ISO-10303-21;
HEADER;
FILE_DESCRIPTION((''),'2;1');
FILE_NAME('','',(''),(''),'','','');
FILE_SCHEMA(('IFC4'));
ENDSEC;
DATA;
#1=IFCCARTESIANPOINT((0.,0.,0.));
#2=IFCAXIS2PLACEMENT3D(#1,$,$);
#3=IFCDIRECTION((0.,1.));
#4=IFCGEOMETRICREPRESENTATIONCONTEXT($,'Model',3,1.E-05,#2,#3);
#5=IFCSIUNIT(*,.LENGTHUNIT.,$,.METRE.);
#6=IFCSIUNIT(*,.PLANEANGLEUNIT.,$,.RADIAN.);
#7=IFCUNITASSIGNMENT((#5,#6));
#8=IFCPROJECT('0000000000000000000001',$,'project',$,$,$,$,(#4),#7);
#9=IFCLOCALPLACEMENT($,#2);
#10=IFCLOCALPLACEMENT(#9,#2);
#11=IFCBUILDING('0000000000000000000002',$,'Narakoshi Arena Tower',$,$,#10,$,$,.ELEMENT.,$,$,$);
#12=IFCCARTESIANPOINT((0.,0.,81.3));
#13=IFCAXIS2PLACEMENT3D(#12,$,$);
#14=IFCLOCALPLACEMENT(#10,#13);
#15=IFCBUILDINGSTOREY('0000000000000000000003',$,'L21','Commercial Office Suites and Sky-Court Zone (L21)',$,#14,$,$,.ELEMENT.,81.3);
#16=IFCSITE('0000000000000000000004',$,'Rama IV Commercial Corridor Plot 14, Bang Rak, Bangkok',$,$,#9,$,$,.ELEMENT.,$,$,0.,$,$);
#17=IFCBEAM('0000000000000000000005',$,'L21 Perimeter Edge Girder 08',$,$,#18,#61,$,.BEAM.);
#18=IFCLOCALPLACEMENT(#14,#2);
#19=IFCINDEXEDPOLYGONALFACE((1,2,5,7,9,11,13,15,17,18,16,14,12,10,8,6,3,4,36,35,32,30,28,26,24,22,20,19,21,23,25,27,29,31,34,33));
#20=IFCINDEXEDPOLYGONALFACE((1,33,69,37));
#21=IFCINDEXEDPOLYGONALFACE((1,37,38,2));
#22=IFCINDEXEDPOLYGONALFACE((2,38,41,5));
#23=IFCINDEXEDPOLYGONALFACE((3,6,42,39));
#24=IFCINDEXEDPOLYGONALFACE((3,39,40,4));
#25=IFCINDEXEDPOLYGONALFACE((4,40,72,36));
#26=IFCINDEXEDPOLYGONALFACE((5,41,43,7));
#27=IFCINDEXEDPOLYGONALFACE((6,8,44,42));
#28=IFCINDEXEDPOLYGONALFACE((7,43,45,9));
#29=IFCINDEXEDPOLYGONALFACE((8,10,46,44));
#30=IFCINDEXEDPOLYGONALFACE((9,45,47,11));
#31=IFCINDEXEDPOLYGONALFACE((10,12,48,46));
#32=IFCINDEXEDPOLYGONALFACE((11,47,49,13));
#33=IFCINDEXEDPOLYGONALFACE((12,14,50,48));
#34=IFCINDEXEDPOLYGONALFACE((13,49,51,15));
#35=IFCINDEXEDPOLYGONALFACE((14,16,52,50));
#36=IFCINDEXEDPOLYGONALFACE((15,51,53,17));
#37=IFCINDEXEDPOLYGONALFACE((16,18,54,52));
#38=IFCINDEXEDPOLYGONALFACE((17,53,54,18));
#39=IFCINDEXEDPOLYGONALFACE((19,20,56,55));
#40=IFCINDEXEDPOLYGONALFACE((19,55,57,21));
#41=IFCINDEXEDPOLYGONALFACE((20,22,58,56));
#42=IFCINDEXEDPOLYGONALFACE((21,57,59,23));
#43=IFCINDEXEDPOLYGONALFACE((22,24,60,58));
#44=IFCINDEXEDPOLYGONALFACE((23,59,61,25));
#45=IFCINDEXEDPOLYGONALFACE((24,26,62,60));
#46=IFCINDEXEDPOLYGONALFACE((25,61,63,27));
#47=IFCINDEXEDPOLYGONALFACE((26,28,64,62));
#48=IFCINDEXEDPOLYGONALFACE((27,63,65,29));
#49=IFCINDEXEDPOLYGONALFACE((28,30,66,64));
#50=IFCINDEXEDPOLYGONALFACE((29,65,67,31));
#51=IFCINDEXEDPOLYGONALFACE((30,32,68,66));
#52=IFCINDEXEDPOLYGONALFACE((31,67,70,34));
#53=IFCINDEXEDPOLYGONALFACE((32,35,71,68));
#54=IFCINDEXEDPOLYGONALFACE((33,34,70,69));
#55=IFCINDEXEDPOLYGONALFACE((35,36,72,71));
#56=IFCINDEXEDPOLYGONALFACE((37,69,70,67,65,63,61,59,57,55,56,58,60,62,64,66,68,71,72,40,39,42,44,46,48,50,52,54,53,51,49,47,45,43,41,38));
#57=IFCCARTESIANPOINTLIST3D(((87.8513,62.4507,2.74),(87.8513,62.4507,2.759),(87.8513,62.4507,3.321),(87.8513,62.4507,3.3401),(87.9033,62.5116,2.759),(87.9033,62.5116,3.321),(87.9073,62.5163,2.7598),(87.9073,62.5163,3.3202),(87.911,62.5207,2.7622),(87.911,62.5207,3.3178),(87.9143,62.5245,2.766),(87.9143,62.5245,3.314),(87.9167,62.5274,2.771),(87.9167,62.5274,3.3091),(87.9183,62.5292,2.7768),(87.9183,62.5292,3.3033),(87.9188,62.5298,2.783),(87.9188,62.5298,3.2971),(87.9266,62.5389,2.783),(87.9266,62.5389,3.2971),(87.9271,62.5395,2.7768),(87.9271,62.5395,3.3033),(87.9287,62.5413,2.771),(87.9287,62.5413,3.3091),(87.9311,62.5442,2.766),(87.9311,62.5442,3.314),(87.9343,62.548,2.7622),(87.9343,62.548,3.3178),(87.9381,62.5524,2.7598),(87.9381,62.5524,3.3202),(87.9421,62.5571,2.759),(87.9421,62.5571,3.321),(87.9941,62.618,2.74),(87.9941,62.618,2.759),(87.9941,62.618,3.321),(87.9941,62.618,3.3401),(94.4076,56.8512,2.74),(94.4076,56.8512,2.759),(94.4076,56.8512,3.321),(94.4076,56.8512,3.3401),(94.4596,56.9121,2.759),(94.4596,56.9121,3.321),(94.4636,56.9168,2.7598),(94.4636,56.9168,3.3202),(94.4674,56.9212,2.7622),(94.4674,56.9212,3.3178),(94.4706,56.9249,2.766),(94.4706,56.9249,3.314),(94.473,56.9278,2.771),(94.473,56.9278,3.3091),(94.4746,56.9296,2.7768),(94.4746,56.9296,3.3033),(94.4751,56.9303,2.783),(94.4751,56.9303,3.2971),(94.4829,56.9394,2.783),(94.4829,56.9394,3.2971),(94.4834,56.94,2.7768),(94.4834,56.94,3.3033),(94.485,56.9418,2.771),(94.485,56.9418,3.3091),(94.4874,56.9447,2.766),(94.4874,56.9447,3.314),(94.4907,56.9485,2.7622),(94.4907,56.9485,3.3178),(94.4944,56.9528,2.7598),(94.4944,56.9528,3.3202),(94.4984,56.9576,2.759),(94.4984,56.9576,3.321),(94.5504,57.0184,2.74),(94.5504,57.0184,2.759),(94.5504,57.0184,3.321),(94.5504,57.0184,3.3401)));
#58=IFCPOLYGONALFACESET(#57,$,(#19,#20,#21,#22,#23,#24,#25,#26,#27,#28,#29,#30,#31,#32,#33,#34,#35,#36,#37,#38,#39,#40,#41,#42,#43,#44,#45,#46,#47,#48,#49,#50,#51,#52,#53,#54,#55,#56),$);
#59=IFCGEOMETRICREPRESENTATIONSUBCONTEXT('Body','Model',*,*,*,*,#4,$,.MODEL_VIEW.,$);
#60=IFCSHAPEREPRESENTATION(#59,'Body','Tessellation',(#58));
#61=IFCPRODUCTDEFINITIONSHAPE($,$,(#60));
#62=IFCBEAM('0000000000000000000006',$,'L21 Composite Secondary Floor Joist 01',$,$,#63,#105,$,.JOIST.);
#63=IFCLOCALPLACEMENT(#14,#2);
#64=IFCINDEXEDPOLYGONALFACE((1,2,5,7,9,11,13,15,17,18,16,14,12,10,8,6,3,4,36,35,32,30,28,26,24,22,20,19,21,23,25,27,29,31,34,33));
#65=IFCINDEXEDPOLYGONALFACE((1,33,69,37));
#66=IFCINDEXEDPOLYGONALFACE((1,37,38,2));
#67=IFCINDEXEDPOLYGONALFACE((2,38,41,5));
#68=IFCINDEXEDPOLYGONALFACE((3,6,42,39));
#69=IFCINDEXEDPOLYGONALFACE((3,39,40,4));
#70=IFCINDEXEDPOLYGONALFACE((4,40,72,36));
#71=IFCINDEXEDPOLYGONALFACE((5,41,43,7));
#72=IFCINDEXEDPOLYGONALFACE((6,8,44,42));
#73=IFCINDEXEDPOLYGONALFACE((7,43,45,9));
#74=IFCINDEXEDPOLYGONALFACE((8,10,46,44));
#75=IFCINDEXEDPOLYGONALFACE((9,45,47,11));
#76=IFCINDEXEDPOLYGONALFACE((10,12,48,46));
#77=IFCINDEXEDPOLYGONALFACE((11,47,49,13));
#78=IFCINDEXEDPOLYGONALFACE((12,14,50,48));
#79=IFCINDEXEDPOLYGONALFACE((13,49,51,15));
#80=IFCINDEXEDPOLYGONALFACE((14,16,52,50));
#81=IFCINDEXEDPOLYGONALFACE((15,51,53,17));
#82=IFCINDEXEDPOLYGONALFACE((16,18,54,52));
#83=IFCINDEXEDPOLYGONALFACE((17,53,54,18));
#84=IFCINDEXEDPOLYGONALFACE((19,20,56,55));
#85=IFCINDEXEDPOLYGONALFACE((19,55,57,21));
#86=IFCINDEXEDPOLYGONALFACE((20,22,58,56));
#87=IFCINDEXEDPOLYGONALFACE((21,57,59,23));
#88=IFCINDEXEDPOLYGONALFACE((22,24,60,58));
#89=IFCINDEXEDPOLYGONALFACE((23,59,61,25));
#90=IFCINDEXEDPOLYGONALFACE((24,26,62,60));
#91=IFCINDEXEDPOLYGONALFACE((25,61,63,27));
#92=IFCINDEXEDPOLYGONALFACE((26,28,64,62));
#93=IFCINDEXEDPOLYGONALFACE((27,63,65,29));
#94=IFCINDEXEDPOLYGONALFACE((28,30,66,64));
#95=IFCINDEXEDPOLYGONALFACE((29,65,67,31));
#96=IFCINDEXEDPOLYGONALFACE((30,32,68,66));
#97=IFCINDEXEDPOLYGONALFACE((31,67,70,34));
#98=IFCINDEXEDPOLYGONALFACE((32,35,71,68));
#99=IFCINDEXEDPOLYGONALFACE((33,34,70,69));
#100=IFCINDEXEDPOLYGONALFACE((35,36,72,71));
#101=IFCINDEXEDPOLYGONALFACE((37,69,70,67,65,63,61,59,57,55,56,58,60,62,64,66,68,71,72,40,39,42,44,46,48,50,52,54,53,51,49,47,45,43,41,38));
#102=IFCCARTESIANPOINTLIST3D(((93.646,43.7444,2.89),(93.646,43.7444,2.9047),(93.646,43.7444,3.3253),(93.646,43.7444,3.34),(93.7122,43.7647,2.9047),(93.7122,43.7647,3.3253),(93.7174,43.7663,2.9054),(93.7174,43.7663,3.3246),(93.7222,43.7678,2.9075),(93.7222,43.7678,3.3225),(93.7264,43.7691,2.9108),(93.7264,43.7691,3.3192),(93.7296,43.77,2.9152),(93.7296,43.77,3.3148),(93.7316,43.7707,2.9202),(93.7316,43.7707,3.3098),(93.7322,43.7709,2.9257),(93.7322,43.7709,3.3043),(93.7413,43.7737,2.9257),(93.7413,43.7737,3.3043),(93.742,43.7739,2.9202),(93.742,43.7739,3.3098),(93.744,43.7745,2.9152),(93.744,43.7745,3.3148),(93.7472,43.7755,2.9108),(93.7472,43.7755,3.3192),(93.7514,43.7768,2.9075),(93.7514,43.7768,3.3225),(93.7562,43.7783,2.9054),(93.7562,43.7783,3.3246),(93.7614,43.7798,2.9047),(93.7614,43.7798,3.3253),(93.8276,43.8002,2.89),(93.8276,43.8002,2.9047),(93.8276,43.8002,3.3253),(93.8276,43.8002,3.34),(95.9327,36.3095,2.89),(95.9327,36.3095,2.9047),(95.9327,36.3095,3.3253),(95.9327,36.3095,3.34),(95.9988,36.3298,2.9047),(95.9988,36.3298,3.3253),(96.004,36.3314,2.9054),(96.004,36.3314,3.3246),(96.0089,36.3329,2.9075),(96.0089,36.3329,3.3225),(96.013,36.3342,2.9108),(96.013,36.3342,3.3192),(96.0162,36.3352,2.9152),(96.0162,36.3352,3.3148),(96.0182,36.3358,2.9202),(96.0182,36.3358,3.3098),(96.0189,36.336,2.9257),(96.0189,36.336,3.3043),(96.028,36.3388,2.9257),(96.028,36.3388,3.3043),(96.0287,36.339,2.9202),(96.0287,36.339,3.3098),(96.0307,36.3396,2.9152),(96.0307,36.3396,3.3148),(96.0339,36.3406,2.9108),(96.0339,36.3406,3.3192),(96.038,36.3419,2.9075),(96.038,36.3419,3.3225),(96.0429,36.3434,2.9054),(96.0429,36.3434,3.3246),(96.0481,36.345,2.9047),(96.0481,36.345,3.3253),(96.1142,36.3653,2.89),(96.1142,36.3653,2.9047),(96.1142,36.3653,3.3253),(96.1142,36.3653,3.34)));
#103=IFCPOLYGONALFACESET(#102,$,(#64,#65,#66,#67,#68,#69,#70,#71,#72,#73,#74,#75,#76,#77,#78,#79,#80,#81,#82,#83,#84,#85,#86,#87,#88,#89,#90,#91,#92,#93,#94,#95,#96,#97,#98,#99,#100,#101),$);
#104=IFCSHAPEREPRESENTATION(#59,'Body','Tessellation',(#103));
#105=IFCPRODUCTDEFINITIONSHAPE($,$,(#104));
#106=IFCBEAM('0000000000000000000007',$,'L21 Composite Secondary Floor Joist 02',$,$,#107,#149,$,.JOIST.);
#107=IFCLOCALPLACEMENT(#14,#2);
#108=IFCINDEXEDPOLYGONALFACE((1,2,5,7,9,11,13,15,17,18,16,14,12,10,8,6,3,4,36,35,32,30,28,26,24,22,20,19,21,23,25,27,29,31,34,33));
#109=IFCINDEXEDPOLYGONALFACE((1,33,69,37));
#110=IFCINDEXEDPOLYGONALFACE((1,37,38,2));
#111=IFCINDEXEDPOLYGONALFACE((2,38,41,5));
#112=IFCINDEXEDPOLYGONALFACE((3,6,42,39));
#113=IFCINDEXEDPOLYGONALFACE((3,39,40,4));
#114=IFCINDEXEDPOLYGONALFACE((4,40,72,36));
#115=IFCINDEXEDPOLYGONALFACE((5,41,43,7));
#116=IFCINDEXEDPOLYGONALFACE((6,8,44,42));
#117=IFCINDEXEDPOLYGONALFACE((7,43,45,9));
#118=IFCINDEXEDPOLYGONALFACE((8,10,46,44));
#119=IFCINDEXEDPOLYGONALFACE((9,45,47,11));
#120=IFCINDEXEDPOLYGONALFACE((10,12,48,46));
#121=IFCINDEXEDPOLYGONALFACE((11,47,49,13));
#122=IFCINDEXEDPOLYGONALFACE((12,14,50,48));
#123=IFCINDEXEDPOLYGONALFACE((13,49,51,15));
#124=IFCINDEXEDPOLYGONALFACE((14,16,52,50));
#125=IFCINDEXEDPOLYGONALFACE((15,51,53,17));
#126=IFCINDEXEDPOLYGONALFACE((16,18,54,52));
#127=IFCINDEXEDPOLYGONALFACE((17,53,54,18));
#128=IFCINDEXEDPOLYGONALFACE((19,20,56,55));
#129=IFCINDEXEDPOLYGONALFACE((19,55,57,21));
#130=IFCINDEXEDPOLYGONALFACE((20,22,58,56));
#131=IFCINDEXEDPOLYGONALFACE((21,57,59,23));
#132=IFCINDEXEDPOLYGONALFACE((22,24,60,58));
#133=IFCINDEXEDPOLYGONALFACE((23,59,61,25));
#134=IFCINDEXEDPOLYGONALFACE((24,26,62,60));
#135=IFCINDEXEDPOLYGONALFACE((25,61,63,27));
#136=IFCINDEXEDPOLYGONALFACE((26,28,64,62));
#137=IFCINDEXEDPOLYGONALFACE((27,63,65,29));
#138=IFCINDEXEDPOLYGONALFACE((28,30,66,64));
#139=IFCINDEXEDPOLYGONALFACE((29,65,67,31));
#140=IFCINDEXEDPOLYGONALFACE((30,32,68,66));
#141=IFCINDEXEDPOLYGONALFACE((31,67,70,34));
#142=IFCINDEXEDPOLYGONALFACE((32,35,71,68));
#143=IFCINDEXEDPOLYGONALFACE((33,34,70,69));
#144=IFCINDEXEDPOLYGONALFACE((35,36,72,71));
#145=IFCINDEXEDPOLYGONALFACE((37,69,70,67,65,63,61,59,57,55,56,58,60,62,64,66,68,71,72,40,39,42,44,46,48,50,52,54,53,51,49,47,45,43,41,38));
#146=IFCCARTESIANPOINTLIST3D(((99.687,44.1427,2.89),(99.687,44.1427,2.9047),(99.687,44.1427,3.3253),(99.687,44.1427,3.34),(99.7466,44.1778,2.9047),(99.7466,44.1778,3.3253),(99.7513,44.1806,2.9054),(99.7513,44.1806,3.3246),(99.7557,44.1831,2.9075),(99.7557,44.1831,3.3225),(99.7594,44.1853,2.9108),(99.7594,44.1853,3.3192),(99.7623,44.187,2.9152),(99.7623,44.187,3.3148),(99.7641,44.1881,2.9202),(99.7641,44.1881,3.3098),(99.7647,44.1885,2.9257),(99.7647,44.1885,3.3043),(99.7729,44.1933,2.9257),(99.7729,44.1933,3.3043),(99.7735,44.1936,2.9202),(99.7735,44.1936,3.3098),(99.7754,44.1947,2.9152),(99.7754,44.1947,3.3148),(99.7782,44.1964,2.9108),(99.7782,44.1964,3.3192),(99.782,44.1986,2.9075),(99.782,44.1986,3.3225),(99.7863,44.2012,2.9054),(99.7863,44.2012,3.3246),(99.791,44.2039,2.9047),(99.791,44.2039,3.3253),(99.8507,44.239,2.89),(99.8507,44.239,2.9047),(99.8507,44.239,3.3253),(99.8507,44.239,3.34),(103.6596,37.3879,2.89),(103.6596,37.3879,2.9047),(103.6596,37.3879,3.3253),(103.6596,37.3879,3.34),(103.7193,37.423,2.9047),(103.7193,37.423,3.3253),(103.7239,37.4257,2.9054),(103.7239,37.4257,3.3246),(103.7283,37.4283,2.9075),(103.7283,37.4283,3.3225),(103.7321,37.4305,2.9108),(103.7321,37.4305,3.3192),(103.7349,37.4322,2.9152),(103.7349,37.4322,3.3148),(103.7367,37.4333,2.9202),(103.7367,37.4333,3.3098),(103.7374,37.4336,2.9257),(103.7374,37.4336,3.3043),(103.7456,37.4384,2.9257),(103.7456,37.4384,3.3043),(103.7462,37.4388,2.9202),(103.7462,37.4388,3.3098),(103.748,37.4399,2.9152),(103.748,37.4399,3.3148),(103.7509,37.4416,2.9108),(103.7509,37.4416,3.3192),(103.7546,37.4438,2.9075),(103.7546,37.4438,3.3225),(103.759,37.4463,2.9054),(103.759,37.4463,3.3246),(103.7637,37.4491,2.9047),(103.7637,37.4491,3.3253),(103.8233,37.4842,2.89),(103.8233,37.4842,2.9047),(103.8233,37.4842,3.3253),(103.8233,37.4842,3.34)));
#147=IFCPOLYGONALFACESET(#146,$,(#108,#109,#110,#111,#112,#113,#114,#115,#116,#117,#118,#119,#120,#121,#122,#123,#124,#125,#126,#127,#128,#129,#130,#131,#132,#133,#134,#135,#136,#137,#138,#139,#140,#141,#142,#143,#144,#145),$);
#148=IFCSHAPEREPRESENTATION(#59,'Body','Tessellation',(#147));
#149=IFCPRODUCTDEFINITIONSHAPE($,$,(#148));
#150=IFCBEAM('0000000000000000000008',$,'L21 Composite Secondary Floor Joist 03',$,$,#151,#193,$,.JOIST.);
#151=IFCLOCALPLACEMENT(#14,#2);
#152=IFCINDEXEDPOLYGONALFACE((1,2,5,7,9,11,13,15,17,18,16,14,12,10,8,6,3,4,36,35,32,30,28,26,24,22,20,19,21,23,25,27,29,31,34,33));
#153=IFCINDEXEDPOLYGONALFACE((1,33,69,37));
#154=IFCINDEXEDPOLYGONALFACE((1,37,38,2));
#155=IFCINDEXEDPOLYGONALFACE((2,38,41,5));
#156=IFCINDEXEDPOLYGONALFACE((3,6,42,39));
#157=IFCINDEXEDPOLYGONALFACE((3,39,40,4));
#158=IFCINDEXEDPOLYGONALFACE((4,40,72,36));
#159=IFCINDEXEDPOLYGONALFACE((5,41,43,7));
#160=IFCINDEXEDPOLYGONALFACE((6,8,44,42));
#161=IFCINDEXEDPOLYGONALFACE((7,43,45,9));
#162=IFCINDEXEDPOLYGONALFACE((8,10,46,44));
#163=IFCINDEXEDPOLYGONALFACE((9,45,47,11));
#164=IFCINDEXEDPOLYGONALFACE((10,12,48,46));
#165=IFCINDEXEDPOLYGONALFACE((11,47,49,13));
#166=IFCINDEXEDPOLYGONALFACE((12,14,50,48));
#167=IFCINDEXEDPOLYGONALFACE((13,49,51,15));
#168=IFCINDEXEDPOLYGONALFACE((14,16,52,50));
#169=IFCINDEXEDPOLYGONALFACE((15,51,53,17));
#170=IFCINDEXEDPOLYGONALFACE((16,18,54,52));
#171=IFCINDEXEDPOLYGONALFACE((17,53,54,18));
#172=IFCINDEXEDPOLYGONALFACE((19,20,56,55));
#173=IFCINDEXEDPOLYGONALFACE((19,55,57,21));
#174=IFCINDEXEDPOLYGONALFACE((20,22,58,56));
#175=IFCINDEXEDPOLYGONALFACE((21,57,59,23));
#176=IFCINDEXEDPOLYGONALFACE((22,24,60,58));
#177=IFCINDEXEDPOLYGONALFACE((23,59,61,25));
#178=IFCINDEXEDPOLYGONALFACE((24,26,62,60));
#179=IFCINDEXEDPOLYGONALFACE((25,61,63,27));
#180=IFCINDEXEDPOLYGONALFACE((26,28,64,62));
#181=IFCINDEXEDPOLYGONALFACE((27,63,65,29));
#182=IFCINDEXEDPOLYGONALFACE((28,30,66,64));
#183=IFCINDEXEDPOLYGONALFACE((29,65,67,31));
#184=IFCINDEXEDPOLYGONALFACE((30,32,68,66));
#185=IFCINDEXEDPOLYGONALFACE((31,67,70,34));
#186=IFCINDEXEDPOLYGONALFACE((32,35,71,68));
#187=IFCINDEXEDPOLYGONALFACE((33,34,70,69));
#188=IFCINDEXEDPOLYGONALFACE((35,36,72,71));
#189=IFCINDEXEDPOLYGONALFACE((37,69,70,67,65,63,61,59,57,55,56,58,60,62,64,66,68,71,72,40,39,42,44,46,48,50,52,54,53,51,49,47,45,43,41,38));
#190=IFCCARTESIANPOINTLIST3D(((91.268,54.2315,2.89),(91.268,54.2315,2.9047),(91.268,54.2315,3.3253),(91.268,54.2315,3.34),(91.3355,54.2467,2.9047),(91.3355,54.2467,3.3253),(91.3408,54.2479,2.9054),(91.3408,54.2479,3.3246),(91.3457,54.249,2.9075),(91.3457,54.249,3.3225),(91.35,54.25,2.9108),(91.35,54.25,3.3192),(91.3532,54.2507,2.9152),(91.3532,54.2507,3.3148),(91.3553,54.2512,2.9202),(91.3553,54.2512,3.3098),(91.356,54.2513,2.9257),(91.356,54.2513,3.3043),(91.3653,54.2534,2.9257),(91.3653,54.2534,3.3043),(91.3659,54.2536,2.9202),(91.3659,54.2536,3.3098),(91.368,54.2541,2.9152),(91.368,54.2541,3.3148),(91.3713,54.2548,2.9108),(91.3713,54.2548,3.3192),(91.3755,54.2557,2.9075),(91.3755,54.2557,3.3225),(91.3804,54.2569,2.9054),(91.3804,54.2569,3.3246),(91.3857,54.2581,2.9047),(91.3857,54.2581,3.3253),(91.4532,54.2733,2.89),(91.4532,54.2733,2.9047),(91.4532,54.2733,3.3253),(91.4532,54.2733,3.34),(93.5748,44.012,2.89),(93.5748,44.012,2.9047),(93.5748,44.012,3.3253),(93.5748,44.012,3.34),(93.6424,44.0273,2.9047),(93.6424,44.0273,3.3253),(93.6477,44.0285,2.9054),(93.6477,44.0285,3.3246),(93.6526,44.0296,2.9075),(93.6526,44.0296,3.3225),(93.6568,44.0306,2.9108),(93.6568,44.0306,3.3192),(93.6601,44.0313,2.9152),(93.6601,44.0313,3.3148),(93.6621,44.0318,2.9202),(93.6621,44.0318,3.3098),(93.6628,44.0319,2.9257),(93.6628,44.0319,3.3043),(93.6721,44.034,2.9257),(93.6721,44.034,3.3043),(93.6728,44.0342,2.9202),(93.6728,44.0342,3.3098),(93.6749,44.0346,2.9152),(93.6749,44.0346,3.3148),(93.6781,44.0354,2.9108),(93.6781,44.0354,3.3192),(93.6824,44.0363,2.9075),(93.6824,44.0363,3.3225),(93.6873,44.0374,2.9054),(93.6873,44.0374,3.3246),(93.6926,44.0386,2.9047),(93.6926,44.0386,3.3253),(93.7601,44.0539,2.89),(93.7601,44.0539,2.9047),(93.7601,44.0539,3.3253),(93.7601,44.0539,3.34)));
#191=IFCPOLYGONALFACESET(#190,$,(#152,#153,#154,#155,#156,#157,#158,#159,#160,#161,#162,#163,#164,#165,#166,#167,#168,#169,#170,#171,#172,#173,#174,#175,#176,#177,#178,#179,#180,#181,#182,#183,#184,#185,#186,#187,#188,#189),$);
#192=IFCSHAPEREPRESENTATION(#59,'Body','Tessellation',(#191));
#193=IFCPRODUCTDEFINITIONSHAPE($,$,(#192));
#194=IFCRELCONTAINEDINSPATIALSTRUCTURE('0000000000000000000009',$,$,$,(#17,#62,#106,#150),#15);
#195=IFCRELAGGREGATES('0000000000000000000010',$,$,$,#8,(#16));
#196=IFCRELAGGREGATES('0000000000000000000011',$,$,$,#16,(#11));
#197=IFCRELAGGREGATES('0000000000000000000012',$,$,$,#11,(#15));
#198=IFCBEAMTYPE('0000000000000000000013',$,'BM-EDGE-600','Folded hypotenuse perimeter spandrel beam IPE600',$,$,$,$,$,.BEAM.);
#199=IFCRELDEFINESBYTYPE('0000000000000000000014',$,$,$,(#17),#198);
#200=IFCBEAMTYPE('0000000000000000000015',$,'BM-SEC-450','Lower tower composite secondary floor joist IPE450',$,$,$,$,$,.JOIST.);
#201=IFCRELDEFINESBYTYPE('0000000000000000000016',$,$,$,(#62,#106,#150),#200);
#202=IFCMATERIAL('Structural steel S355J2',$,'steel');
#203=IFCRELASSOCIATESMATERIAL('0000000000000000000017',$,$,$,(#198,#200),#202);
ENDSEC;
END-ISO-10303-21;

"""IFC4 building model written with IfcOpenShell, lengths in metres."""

from ifc_helpers import new_model, si_unit, direction, frame, origin, origin_2d, place, context, subcontext, project, spatial, i_section, extrude, material, material_profile, profile_set, type_object, element, save


model = new_model("IFC4")

# Units and contexts
model_context = context("Model", 3, precision=1e-05, world=origin(), true_north=direction((0.0, 1.0)))
body_context = subcontext(model_context, "Body", "Model", "MODEL_VIEW")
ifc_project = project(units=[si_unit("LENGTHUNIT", "METRE"), si_unit("PLANEANGLEUNIT", "RADIAN")], contexts=[model_context])

# Site, building, storey
site_placement = place(None, origin())
site = spatial("IfcSite", under=ifc_project, at=site_placement, Name="Rama IV Commercial Corridor Plot 14, Bang Rak, Bangkok", CompositionType="ELEMENT", RefElevation=0.0)
building_placement = place(site_placement, origin())
building = spatial("IfcBuilding", under=site, at=building_placement, Name="Narakoshi Arena Tower", CompositionType="ELEMENT")
storey_placement = place(building_placement, frame((0.0, 0.0, 81.3)))
storey = spatial("IfcBuildingStorey", under=building, at=storey_placement, Name="L21", Description="Commercial Office Suites and Sky-Court Zone (L21)", CompositionType="ELEMENT", Elevation=81.3)

# Beams
ifc_material_1 = material(Name="Structural steel S355J2", Category="steel")
ifc_material_profile_1 = material_profile(ifc_material_1, i_section(OverallWidth=0.22, OverallDepth=0.6001, WebThickness=0.012, FlangeThickness=0.019, FilletRadius=0.0239, at=origin_2d()), Name="IPE600")
ifc_profile_set_1 = profile_set([ifc_material_profile_1], Name="Structural steel S355J2")
beam_type_1 = type_object("IfcBeamType", Name="BM-EDGE-600", Description="Folded hypotenuse perimeter spandrel beam IPE600", PredefinedType="BEAM", material=ifc_profile_set_1)
beam_1_placement = place(storey_placement, frame((94.479, 56.9348, 3.04), z_axis=(-0.760411, 0.649443, 0.0), x_axis=(-0.649443, -0.760411, 0.0)))
element("IfcBeam", 1, at=beam_1_placement, inside=storey, type_object=beam_type_1, Name="L21 Perimeter Edge Girder 08", PredefinedType="BEAM", context=body_context, shape_type="SweptSolid", body=[
    extrude(i_section(OverallWidth=0.22, OverallDepth=0.6001, WebThickness=0.012, FlangeThickness=0.019, FilletRadius=0.0239, at=origin_2d()), origin(), (0.0, 0.0, 1.0), 8.6221),
])
ifc_material_profile_2 = material_profile(ifc_material_1, i_section(OverallWidth=0.1899, OverallDepth=0.45, WebThickness=0.0095, FlangeThickness=0.0146, FilletRadius=0.021, at=origin_2d()), Name="IPE450")
ifc_profile_set_2 = profile_set([ifc_material_profile_2], Name="Structural steel S355J2")
beam_type_2 = type_object("IfcBeamType", Name="BM-SEC-450", Description="Lower tower composite secondary floor joist IPE450", PredefinedType="JOIST", material=ifc_profile_set_2)
beam_2_placement = place(storey_placement, frame((96.0234, 36.3374, 3.115), z_axis=(-0.293967, 0.955816, 0.0), x_axis=(-0.955816, -0.293967, 0.0)))
element("IfcBeam", 2, at=beam_2_placement, inside=storey, type_object=beam_type_2, Name="L21 Composite Secondary Floor Joist 01", PredefinedType="JOIST", context=body_context, shape_type="SweptSolid", body=[
    extrude(i_section(OverallWidth=0.1899, OverallDepth=0.45, WebThickness=0.0095, FlangeThickness=0.0146, FilletRadius=0.021, at=origin_2d()), origin(), (0.0, 0.0, 1.0), 7.7786),
])
beam_3_placement = place(storey_placement, frame((103.7415, 37.436, 3.115), z_axis=(-0.506944, 0.861979, 0.0), x_axis=(-0.861979, -0.506944, 0.0)))
element("IfcBeam", 3, at=beam_3_placement, inside=storey, type_object=beam_type_2, Name="L21 Composite Secondary Floor Joist 02", PredefinedType="JOIST", context=body_context, shape_type="SweptSolid", body=[
    extrude(i_section(OverallWidth=0.1899, OverallDepth=0.45, WebThickness=0.0095, FlangeThickness=0.0146, FilletRadius=0.021, at=origin_2d()), origin(), (0.0, 0.0, 1.0), 7.8364),
])
beam_4_placement = place(storey_placement, frame((93.6675, 44.033, 3.115), z_axis=(-0.220194, 0.975456, 0.0), x_axis=(-0.975456, -0.220194, 0.0)))
element("IfcBeam", 4, at=beam_4_placement, inside=storey, type_object=beam_type_2, Name="L21 Composite Secondary Floor Joist 03", PredefinedType="JOIST", context=body_context, shape_type="SweptSolid", body=[
    extrude(i_section(OverallWidth=0.1899, OverallDepth=0.45, WebThickness=0.0095, FlangeThickness=0.0146, FilletRadius=0.021, at=origin_2d()), origin(), (0.0, 0.0, 1.0), 10.4766),
])

save(model, "model.ifc")
